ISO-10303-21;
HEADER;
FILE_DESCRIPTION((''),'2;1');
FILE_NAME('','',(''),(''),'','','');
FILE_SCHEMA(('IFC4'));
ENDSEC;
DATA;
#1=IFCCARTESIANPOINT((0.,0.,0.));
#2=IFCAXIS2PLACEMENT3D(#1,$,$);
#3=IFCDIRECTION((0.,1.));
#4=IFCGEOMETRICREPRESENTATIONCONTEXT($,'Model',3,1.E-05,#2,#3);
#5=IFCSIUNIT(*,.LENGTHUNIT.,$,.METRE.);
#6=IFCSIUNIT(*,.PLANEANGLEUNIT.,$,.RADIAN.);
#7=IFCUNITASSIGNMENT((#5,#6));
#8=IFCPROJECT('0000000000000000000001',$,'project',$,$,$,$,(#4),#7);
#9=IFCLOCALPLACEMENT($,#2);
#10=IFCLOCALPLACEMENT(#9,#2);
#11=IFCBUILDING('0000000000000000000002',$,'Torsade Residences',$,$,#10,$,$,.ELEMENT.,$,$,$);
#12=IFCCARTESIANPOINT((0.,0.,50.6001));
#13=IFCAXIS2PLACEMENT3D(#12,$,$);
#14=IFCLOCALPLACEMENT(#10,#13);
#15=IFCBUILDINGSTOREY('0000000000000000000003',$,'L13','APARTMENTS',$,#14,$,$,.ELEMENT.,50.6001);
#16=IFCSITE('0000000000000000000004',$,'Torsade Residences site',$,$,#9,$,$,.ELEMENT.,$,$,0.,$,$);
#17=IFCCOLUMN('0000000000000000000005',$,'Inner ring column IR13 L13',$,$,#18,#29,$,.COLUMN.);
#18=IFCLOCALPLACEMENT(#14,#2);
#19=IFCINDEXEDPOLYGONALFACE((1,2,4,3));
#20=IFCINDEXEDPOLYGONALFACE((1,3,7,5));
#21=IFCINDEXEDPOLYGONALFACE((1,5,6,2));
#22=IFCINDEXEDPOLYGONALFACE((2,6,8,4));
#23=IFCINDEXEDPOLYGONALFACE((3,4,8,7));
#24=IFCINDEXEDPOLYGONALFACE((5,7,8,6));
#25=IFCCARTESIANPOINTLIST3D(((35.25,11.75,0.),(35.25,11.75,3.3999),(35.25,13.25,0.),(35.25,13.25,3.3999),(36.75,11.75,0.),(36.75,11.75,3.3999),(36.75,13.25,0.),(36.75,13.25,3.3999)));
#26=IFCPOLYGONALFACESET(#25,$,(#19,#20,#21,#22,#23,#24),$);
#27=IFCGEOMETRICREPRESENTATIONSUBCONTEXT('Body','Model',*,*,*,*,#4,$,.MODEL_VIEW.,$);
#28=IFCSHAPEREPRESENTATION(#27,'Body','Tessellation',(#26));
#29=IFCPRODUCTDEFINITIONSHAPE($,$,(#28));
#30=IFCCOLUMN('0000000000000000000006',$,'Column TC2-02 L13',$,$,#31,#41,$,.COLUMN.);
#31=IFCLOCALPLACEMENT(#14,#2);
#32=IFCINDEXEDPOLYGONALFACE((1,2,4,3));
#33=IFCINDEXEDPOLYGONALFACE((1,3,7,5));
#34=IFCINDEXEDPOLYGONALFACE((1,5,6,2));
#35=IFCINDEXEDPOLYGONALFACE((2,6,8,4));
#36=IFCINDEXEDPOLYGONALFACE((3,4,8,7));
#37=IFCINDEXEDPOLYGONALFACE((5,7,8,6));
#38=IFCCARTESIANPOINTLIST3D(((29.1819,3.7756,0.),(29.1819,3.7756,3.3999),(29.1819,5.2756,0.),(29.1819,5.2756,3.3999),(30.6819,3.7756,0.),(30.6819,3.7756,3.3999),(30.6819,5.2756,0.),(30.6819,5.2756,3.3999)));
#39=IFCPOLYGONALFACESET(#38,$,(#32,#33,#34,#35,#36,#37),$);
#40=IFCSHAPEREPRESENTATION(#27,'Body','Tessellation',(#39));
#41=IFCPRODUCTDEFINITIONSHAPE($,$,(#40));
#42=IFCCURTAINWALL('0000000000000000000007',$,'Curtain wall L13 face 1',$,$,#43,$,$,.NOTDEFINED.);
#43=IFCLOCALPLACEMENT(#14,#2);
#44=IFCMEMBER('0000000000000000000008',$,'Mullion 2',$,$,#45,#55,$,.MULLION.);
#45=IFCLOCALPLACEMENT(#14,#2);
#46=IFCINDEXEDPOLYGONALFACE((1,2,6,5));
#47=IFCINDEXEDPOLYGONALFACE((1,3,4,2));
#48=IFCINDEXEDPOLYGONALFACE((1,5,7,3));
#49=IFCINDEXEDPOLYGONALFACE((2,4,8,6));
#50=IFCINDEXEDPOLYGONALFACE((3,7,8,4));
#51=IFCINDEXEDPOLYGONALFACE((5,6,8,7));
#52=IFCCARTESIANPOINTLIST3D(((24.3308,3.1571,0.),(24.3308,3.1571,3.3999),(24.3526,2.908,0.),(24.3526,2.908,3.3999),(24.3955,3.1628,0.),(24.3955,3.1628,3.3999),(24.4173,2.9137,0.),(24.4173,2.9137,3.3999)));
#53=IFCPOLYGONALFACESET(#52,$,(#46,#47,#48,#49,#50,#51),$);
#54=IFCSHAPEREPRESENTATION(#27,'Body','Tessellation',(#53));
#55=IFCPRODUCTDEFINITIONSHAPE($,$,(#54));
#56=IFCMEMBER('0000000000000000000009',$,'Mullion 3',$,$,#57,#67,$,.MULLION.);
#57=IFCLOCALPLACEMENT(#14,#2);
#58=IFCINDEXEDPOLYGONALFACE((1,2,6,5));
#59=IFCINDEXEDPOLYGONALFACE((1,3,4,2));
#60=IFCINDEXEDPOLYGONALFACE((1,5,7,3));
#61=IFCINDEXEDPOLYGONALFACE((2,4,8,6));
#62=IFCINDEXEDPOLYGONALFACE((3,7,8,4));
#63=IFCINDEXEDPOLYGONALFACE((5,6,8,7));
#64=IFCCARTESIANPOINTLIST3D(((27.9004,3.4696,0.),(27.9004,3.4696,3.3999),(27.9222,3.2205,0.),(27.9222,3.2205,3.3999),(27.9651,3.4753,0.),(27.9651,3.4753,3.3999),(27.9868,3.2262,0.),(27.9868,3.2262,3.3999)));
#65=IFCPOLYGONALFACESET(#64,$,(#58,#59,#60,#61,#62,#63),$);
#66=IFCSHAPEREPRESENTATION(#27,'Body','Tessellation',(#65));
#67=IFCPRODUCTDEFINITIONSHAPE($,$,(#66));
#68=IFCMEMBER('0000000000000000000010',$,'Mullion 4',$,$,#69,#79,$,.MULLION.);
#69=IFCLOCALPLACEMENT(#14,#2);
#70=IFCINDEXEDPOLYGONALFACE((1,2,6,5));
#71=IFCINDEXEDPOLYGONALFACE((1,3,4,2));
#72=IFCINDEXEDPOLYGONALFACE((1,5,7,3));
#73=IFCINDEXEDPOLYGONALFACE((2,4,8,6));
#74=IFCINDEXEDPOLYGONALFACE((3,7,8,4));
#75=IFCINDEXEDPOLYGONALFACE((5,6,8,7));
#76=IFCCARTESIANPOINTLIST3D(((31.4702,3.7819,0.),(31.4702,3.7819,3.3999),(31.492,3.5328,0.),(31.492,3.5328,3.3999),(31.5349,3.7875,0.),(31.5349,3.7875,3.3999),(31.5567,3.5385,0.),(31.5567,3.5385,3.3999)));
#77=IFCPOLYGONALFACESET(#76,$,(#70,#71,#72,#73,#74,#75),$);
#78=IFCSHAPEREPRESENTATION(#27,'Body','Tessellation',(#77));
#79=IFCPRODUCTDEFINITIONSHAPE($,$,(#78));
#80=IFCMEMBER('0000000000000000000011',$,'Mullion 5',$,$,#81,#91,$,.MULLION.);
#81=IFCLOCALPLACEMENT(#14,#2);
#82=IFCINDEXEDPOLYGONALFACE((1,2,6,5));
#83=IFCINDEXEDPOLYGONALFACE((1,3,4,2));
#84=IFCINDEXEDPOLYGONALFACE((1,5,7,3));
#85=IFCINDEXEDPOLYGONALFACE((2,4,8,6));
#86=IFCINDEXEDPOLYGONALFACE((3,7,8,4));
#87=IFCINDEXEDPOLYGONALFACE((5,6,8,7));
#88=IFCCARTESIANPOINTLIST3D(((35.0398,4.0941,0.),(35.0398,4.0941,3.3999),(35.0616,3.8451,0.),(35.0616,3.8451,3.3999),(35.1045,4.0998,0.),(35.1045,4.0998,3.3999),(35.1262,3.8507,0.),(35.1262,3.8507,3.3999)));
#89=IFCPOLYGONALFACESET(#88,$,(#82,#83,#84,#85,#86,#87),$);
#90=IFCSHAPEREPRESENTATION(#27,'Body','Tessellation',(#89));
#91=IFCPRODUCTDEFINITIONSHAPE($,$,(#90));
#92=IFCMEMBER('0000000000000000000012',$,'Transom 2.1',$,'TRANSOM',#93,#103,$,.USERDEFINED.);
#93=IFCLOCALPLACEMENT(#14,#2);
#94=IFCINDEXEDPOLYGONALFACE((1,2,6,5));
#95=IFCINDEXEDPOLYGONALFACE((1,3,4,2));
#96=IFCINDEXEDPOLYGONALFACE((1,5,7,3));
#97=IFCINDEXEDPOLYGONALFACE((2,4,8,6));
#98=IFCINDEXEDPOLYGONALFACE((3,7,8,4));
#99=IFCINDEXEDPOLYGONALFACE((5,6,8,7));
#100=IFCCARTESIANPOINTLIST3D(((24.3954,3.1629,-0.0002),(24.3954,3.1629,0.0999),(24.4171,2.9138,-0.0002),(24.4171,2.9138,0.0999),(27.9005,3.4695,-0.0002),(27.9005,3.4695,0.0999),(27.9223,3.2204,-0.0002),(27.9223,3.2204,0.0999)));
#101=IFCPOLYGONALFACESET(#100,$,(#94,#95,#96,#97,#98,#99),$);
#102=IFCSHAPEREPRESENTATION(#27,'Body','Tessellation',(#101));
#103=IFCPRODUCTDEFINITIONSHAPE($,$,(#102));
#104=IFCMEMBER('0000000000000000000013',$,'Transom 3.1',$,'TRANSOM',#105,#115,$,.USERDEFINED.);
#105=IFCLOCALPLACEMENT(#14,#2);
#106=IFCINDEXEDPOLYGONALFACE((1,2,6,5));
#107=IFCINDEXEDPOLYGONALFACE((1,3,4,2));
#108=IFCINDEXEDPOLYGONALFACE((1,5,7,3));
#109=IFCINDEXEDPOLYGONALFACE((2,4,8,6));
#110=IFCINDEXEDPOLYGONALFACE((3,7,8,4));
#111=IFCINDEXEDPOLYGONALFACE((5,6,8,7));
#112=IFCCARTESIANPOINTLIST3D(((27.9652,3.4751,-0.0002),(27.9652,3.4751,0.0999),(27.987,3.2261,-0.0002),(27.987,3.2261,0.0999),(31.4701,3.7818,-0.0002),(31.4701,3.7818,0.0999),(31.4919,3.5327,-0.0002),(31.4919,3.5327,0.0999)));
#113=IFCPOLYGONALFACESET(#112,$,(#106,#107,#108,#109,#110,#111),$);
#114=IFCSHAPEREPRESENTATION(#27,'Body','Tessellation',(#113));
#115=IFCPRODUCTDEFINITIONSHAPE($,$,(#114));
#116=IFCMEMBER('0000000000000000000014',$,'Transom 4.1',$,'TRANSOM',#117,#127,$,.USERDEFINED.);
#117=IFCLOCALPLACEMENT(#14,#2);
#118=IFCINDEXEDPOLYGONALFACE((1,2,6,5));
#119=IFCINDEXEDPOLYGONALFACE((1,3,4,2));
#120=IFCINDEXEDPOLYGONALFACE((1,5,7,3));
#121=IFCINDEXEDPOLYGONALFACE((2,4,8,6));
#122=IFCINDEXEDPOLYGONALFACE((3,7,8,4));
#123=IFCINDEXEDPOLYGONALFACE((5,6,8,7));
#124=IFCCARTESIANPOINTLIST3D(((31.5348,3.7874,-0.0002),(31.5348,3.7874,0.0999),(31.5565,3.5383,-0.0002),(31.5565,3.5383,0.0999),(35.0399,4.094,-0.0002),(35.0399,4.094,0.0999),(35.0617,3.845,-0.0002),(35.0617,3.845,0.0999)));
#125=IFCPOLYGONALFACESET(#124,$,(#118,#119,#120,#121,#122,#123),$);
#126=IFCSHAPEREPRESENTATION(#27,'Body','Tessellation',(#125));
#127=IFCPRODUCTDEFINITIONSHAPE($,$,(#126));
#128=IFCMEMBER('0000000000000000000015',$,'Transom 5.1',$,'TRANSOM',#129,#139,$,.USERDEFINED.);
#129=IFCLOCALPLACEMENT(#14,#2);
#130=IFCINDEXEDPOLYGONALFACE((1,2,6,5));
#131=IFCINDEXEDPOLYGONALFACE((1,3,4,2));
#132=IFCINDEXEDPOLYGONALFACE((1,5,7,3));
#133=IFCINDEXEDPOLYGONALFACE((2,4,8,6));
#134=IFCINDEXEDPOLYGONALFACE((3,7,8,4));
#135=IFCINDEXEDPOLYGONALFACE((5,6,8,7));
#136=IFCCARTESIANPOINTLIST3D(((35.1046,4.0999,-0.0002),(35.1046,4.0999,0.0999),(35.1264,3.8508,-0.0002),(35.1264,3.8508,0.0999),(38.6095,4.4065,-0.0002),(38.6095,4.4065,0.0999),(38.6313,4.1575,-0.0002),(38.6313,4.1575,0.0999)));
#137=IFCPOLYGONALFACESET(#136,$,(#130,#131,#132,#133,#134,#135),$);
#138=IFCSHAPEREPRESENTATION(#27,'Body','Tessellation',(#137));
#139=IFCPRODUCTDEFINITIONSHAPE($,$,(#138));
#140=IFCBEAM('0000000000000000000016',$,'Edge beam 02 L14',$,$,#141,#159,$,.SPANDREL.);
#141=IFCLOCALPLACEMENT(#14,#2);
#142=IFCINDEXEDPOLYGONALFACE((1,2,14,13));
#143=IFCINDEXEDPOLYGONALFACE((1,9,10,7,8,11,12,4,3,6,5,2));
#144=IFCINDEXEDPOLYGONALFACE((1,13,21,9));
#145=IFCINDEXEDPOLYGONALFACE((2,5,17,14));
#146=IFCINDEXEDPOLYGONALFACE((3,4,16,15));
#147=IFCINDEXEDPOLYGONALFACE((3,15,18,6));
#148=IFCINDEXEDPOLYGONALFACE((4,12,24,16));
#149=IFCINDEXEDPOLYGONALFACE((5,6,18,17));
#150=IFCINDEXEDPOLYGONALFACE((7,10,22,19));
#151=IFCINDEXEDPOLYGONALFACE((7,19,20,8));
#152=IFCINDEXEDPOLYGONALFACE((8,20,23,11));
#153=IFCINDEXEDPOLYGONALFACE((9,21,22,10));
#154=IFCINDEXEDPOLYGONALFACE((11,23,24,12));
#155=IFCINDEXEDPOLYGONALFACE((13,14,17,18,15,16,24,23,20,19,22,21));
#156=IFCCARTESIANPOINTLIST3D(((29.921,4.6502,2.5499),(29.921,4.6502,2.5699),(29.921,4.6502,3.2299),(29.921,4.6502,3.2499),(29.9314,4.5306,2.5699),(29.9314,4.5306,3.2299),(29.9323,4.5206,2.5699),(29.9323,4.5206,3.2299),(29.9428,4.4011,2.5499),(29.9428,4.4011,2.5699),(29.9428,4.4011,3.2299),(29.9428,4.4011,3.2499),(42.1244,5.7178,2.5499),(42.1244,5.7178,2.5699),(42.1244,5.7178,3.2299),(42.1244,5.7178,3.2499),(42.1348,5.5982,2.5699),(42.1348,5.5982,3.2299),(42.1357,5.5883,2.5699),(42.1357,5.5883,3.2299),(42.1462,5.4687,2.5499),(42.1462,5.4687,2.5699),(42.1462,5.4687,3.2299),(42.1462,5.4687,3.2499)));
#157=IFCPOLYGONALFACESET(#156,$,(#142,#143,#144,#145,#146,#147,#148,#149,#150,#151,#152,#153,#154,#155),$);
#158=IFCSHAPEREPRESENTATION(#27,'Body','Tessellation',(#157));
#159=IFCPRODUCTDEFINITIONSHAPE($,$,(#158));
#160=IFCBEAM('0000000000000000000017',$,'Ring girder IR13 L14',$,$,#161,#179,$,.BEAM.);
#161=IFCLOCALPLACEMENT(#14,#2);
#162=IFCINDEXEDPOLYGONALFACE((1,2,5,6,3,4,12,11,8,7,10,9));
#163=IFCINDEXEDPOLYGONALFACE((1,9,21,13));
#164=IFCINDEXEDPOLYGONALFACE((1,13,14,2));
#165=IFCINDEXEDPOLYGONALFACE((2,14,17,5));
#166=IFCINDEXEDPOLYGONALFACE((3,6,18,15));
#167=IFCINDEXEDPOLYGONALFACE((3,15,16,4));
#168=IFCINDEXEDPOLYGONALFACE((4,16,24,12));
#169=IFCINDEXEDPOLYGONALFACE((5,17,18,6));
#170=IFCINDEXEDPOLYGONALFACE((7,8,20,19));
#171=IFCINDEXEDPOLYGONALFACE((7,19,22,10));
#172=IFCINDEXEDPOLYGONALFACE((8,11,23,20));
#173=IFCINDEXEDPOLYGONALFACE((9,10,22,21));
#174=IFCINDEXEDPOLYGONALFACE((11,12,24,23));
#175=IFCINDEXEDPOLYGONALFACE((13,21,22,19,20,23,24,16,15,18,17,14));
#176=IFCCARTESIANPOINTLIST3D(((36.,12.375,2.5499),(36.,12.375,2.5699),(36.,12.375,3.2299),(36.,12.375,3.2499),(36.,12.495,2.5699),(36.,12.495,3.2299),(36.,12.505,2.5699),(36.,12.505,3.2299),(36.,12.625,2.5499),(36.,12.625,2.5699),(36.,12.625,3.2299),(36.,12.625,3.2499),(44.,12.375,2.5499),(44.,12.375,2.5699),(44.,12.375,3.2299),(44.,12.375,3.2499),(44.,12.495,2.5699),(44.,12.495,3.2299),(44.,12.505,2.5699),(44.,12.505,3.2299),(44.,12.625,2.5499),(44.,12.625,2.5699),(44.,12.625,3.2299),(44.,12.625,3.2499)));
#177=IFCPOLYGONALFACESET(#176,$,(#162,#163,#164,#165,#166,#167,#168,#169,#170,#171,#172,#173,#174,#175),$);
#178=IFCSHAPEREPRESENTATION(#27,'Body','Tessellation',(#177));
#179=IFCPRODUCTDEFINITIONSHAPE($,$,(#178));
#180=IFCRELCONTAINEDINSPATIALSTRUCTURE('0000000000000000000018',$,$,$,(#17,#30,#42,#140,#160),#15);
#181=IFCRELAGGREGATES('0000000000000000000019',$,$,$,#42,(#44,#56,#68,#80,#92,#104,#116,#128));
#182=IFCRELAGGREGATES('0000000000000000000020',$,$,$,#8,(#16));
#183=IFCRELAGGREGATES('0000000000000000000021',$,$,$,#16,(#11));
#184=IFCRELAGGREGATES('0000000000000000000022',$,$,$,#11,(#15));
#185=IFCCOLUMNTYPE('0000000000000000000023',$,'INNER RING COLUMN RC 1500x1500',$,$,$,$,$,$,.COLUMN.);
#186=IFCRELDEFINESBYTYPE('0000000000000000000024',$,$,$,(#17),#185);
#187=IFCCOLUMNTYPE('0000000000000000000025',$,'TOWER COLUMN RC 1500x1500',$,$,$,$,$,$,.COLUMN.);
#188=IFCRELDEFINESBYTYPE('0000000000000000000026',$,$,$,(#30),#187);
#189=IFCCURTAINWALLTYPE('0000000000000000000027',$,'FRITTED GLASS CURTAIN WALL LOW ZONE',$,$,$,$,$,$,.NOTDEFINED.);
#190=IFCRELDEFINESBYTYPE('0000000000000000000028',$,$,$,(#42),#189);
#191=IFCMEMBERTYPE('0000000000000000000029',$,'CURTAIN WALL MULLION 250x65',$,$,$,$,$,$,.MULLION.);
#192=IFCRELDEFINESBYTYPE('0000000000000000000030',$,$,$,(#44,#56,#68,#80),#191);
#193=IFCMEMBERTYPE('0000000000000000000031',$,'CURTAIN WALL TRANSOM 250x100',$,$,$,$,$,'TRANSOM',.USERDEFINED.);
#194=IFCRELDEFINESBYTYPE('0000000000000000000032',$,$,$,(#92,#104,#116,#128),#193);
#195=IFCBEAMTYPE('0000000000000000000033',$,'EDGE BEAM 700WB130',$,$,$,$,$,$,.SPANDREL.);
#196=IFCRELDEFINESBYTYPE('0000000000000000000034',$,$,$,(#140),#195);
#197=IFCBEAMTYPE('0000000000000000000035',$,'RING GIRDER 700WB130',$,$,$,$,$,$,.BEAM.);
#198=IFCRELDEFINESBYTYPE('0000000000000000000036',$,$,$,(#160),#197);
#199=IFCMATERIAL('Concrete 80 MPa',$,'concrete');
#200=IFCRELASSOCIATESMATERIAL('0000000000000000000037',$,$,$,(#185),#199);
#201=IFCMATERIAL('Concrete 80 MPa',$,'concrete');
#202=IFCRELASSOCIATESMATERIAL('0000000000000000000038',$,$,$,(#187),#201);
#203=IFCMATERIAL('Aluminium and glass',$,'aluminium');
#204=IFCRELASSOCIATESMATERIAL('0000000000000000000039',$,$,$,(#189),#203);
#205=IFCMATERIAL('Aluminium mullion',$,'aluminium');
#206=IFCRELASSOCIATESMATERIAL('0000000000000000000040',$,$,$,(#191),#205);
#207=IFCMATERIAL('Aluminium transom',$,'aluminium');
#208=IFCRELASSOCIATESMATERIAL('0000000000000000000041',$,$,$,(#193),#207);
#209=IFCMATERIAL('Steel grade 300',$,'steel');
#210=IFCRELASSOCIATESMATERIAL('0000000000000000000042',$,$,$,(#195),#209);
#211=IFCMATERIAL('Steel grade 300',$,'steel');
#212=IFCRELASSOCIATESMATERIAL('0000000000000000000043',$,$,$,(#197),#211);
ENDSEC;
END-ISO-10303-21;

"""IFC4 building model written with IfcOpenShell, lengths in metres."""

from ifc_helpers import new_model, si_unit, direction, frame, origin, origin_2d, place, context, subcontext, project, spatial, rectangle, i_section, extrude, material, material_profile, profile_set, type_object, element, aggregate, save


model = new_model("IFC4")

# Units and contexts
model_context = context("Model", 3, precision=1e-05, world=origin(), true_north=direction((0.0, 1.0)))
body_context = subcontext(model_context, "Body", "Model", "MODEL_VIEW")
ifc_project = project(units=[si_unit("LENGTHUNIT", "METRE"), si_unit("PLANEANGLEUNIT", "RADIAN")], contexts=[model_context])

# Site, building, storey
site_placement = place(None, origin())
site = spatial("IfcSite", under=ifc_project, at=site_placement, Name="Torsade Residences site", CompositionType="ELEMENT", RefElevation=0.0)
building_placement = place(site_placement, origin())
building = spatial("IfcBuilding", under=site, at=building_placement, Name="Torsade Residences", CompositionType="ELEMENT")
storey_placement = place(building_placement, frame((0.0, 0.0, 50.6001)))
storey = spatial("IfcBuildingStorey", under=building, at=storey_placement, Name="L13", Description="APARTMENTS", CompositionType="ELEMENT", Elevation=50.6001)

# Columns
ifc_material_1 = material(Name="Concrete 80 MPa", Category="concrete")
ifc_material_profile_1 = material_profile(ifc_material_1, rectangle(XDim=1.5, YDim=1.5, at=origin_2d()), Name="RC 1500x1500")
ifc_profile_set_1 = profile_set([ifc_material_profile_1], Name="Concrete 80 MPa")
column_type_1 = type_object("IfcColumnType", Name="INNER RING COLUMN RC 1500x1500", PredefinedType="COLUMN", material=ifc_profile_set_1)
column_1_placement = place(storey_placement, frame((36.0, 12.5, 0.0), z_axis=(0.0, 0.0, 1.0), x_axis=(1.0, 0.0, 0.0)))
element("IfcColumn", 1, at=column_1_placement, inside=storey, type_object=column_type_1, Name="Inner ring column IR13 L13", PredefinedType="COLUMN", context=body_context, shape_type="SweptSolid", body=[
    extrude(rectangle(XDim=1.5, YDim=1.5, at=origin_2d()), origin(), (0.0, 0.0, 1.0), 3.3999),
])
ifc_material_2 = material(Name="Concrete 80 MPa", Category="concrete")
ifc_material_profile_2 = material_profile(ifc_material_2, rectangle(XDim=1.5, YDim=1.5, at=origin_2d()), Name="RC 1500x1500")
ifc_profile_set_2 = profile_set([ifc_material_profile_2], Name="Concrete 80 MPa")
column_type_2 = type_object("IfcColumnType", Name="TOWER COLUMN RC 1500x1500", PredefinedType="COLUMN", material=ifc_profile_set_2)
column_2_placement = place(storey_placement, frame((29.9319, 4.5256, 0.0), z_axis=(0.0, 0.0, 1.0), x_axis=(1.0, 0.0, 0.0)))
element("IfcColumn", 2, at=column_2_placement, inside=storey, type_object=column_type_2, Name="Column TC2-02 L13", PredefinedType="COLUMN", context=body_context, shape_type="SweptSolid", body=[
    extrude(rectangle(XDim=1.5, YDim=1.5, at=origin_2d()), origin(), (0.0, 0.0, 1.0), 3.3999),
])

# Curtain wall, members
ifc_material_3 = material(Name="Aluminium and glass", Category="aluminium")
curtain_wall_type = type_object("IfcCurtainWallType", Name="FRITTED GLASS CURTAIN WALL LOW ZONE", PredefinedType="NOTDEFINED", material=ifc_material_3)
curtain_wall_placement = place(storey_placement, origin())
curtain_wall = element("IfcCurtainWall", 3, at=curtain_wall_placement, inside=storey, type_object=curtain_wall_type, Name="Curtain wall L13 face 1", PredefinedType="NOTDEFINED")
ifc_material_4 = material(Name="Aluminium mullion", Category="aluminium")
ifc_material_profile_3 = material_profile(ifc_material_4, rectangle(XDim=0.25, YDim=0.0649, at=origin_2d()), Name="CURTAIN WALL MULLION 250x65")
ifc_profile_set_3 = profile_set([ifc_material_profile_3], Name="Aluminium mullion")
member_type_1 = type_object("IfcMemberType", Name="CURTAIN WALL MULLION 250x65", PredefinedType="MULLION", material=ifc_profile_set_3)
member_1_placement = place(storey_placement, frame((24.374, 3.0354, 0.0), z_axis=(0.0, 0.0, 1.0), x_axis=(-0.087156, 0.996195, 0.0)))
member_1 = element("IfcMember", 4, at=member_1_placement, type_object=member_type_1, Name="Mullion 2", PredefinedType="MULLION", context=body_context, shape_type="SweptSolid", body=[
    extrude(rectangle(XDim=0.25, YDim=0.0649, at=origin_2d()), origin(), (0.0, 0.0, 1.0), 3.3999),
])
member_2_placement = place(storey_placement, frame((27.9436, 3.3479, 0.0), z_axis=(0.0, 0.0, 1.0), x_axis=(-0.087156, 0.996195, 0.0)))
member_2 = element("IfcMember", 5, at=member_2_placement, type_object=member_type_1, Name="Mullion 3", PredefinedType="MULLION", context=body_context, shape_type="SweptSolid", body=[
    extrude(rectangle(XDim=0.25, YDim=0.0649, at=origin_2d()), origin(), (0.0, 0.0, 1.0), 3.3999),
])
member_3_placement = place(storey_placement, frame((31.5134, 3.6602, 0.0), z_axis=(0.0, 0.0, 1.0), x_axis=(-0.087156, 0.996195, 0.0)))
member_3 = element("IfcMember", 6, at=member_3_placement, type_object=member_type_1, Name="Mullion 4", PredefinedType="MULLION", context=body_context, shape_type="SweptSolid", body=[
    extrude(rectangle(XDim=0.25, YDim=0.0649, at=origin_2d()), origin(), (0.0, 0.0, 1.0), 3.3999),
])
member_4_placement = place(storey_placement, frame((35.083, 3.9724, 0.0), z_axis=(0.0, 0.0, 1.0), x_axis=(-0.087156, 0.996195, 0.0)))
member_4 = element("IfcMember", 7, at=member_4_placement, type_object=member_type_1, Name="Mullion 5", PredefinedType="MULLION", context=body_context, shape_type="SweptSolid", body=[
    extrude(rectangle(XDim=0.25, YDim=0.0649, at=origin_2d()), origin(), (0.0, 0.0, 1.0), 3.3999),
])
ifc_material_5 = material(Name="Aluminium transom", Category="aluminium")
ifc_material_profile_4 = material_profile(ifc_material_5, rectangle(XDim=0.25, YDim=0.1001, at=origin_2d()), Name="CURTAIN WALL TRANSOM 250x100")
ifc_profile_set_4 = profile_set([ifc_material_profile_4], Name="Aluminium transom")
member_type_2 = type_object("IfcMemberType", Name="CURTAIN WALL TRANSOM 250x100", ElementType="TRANSOM", PredefinedType="USERDEFINED", material=ifc_profile_set_4)
member_5_placement = place(storey_placement, frame((24.4062, 3.0383, 0.0498), z_axis=(0.996195, 0.087151, 0.0), x_axis=(-0.087151, 0.996195, 0.0)))
member_5 = element("IfcMember", 8, at=member_5_placement, type_object=member_type_2, Name="Transom 2.1", ObjectType="TRANSOM", PredefinedType="USERDEFINED", context=body_context, shape_type="SweptSolid", body=[
    extrude(rectangle(XDim=0.25, YDim=0.1001, at=origin_2d()), origin(), (0.0, 0.0, 1.0), 3.5186),
])
member_6_placement = place(storey_placement, frame((27.9761, 3.3506, 0.0498), z_axis=(0.996195, 0.087157, 0.0), x_axis=(-0.087157, 0.996195, 0.0)))
member_6 = element("IfcMember", 9, at=member_6_placement, type_object=member_type_2, Name="Transom 3.1", ObjectType="TRANSOM", PredefinedType="USERDEFINED", context=body_context, shape_type="SweptSolid", body=[
    extrude(rectangle(XDim=0.25, YDim=0.1001, at=origin_2d()), origin(), (0.0, 0.0, 1.0), 3.5183),
])
member_7_placement = place(storey_placement, frame((31.5457, 3.6628, 0.0498), z_axis=(0.996195, 0.087151, 0.0), x_axis=(-0.087151, 0.996195, 0.0)))
member_7 = element("IfcMember", 10, at=member_7_placement, type_object=member_type_2, Name="Transom 4.1", ObjectType="TRANSOM", PredefinedType="USERDEFINED", context=body_context, shape_type="SweptSolid", body=[
    extrude(rectangle(XDim=0.25, YDim=0.1001, at=origin_2d()), origin(), (0.0, 0.0, 1.0), 3.5186),
])
member_8_placement = place(storey_placement, frame((35.1155, 3.9753, 0.0498), z_axis=(0.996195, 0.087157, 0.0), x_axis=(-0.087157, 0.996195, 0.0)))
member_8 = element("IfcMember", 11, at=member_8_placement, type_object=member_type_2, Name="Transom 5.1", ObjectType="TRANSOM", PredefinedType="USERDEFINED", context=body_context, shape_type="SweptSolid", body=[
    extrude(rectangle(XDim=0.25, YDim=0.1001, at=origin_2d()), origin(), (0.0, 0.0, 1.0), 3.5183),
])

# Beams
ifc_material_6 = material(Name="Steel grade 300", Category="steel")
ifc_material_profile_5 = material_profile(ifc_material_6, i_section(OverallWidth=0.25, OverallDepth=0.7, WebThickness=0.01, FlangeThickness=0.02, at=origin_2d()), Name="700WB130")
ifc_profile_set_5 = profile_set([ifc_material_profile_5], Name="Steel grade 300")
beam_type_1 = type_object("IfcBeamType", Name="EDGE BEAM 700WB130", PredefinedType="SPANDREL", material=ifc_profile_set_5)
beam_1_placement = place(storey_placement, frame((29.9319, 4.5256, 2.8999), z_axis=(0.996195, 0.087153, 0.0), x_axis=(-0.087153, 0.996195, 0.0)))
element("IfcBeam", 12, at=beam_1_placement, inside=storey, type_object=beam_type_1, Name="Edge beam 02 L14", PredefinedType="SPANDREL", context=body_context, shape_type="SweptSolid", body=[
    extrude(i_section(OverallWidth=0.25, OverallDepth=0.7, WebThickness=0.01, FlangeThickness=0.02, at=origin_2d()), origin(), (0.0, 0.0, 1.0), 12.25),
])
ifc_material_7 = material(Name="Steel grade 300", Category="steel")
ifc_material_profile_6 = material_profile(ifc_material_7, i_section(OverallWidth=0.25, OverallDepth=0.7, WebThickness=0.01, FlangeThickness=0.02, at=origin_2d()), Name="700WB130")
ifc_profile_set_6 = profile_set([ifc_material_profile_6], Name="Steel grade 300")
beam_type_2 = type_object("IfcBeamType", Name="RING GIRDER 700WB130", PredefinedType="BEAM", material=ifc_profile_set_6)
beam_2_placement = place(storey_placement, frame((36.0, 12.5, 2.8999), z_axis=(1.0, 0.0, 0.0), x_axis=(0.0, 1.0, 0.0)))
element("IfcBeam", 13, at=beam_2_placement, inside=storey, type_object=beam_type_2, Name="Ring girder IR13 L14", PredefinedType="BEAM", context=body_context, shape_type="SweptSolid", body=[
    extrude(i_section(OverallWidth=0.25, OverallDepth=0.7, WebThickness=0.01, FlangeThickness=0.02, at=origin_2d()), origin(), (0.0, 0.0, 1.0), 8.0),
])

aggregate(curtain_wall, [member_1, member_2, member_3, member_4, member_5, member_6, member_7, member_8])

save(model, "model.ifc")
